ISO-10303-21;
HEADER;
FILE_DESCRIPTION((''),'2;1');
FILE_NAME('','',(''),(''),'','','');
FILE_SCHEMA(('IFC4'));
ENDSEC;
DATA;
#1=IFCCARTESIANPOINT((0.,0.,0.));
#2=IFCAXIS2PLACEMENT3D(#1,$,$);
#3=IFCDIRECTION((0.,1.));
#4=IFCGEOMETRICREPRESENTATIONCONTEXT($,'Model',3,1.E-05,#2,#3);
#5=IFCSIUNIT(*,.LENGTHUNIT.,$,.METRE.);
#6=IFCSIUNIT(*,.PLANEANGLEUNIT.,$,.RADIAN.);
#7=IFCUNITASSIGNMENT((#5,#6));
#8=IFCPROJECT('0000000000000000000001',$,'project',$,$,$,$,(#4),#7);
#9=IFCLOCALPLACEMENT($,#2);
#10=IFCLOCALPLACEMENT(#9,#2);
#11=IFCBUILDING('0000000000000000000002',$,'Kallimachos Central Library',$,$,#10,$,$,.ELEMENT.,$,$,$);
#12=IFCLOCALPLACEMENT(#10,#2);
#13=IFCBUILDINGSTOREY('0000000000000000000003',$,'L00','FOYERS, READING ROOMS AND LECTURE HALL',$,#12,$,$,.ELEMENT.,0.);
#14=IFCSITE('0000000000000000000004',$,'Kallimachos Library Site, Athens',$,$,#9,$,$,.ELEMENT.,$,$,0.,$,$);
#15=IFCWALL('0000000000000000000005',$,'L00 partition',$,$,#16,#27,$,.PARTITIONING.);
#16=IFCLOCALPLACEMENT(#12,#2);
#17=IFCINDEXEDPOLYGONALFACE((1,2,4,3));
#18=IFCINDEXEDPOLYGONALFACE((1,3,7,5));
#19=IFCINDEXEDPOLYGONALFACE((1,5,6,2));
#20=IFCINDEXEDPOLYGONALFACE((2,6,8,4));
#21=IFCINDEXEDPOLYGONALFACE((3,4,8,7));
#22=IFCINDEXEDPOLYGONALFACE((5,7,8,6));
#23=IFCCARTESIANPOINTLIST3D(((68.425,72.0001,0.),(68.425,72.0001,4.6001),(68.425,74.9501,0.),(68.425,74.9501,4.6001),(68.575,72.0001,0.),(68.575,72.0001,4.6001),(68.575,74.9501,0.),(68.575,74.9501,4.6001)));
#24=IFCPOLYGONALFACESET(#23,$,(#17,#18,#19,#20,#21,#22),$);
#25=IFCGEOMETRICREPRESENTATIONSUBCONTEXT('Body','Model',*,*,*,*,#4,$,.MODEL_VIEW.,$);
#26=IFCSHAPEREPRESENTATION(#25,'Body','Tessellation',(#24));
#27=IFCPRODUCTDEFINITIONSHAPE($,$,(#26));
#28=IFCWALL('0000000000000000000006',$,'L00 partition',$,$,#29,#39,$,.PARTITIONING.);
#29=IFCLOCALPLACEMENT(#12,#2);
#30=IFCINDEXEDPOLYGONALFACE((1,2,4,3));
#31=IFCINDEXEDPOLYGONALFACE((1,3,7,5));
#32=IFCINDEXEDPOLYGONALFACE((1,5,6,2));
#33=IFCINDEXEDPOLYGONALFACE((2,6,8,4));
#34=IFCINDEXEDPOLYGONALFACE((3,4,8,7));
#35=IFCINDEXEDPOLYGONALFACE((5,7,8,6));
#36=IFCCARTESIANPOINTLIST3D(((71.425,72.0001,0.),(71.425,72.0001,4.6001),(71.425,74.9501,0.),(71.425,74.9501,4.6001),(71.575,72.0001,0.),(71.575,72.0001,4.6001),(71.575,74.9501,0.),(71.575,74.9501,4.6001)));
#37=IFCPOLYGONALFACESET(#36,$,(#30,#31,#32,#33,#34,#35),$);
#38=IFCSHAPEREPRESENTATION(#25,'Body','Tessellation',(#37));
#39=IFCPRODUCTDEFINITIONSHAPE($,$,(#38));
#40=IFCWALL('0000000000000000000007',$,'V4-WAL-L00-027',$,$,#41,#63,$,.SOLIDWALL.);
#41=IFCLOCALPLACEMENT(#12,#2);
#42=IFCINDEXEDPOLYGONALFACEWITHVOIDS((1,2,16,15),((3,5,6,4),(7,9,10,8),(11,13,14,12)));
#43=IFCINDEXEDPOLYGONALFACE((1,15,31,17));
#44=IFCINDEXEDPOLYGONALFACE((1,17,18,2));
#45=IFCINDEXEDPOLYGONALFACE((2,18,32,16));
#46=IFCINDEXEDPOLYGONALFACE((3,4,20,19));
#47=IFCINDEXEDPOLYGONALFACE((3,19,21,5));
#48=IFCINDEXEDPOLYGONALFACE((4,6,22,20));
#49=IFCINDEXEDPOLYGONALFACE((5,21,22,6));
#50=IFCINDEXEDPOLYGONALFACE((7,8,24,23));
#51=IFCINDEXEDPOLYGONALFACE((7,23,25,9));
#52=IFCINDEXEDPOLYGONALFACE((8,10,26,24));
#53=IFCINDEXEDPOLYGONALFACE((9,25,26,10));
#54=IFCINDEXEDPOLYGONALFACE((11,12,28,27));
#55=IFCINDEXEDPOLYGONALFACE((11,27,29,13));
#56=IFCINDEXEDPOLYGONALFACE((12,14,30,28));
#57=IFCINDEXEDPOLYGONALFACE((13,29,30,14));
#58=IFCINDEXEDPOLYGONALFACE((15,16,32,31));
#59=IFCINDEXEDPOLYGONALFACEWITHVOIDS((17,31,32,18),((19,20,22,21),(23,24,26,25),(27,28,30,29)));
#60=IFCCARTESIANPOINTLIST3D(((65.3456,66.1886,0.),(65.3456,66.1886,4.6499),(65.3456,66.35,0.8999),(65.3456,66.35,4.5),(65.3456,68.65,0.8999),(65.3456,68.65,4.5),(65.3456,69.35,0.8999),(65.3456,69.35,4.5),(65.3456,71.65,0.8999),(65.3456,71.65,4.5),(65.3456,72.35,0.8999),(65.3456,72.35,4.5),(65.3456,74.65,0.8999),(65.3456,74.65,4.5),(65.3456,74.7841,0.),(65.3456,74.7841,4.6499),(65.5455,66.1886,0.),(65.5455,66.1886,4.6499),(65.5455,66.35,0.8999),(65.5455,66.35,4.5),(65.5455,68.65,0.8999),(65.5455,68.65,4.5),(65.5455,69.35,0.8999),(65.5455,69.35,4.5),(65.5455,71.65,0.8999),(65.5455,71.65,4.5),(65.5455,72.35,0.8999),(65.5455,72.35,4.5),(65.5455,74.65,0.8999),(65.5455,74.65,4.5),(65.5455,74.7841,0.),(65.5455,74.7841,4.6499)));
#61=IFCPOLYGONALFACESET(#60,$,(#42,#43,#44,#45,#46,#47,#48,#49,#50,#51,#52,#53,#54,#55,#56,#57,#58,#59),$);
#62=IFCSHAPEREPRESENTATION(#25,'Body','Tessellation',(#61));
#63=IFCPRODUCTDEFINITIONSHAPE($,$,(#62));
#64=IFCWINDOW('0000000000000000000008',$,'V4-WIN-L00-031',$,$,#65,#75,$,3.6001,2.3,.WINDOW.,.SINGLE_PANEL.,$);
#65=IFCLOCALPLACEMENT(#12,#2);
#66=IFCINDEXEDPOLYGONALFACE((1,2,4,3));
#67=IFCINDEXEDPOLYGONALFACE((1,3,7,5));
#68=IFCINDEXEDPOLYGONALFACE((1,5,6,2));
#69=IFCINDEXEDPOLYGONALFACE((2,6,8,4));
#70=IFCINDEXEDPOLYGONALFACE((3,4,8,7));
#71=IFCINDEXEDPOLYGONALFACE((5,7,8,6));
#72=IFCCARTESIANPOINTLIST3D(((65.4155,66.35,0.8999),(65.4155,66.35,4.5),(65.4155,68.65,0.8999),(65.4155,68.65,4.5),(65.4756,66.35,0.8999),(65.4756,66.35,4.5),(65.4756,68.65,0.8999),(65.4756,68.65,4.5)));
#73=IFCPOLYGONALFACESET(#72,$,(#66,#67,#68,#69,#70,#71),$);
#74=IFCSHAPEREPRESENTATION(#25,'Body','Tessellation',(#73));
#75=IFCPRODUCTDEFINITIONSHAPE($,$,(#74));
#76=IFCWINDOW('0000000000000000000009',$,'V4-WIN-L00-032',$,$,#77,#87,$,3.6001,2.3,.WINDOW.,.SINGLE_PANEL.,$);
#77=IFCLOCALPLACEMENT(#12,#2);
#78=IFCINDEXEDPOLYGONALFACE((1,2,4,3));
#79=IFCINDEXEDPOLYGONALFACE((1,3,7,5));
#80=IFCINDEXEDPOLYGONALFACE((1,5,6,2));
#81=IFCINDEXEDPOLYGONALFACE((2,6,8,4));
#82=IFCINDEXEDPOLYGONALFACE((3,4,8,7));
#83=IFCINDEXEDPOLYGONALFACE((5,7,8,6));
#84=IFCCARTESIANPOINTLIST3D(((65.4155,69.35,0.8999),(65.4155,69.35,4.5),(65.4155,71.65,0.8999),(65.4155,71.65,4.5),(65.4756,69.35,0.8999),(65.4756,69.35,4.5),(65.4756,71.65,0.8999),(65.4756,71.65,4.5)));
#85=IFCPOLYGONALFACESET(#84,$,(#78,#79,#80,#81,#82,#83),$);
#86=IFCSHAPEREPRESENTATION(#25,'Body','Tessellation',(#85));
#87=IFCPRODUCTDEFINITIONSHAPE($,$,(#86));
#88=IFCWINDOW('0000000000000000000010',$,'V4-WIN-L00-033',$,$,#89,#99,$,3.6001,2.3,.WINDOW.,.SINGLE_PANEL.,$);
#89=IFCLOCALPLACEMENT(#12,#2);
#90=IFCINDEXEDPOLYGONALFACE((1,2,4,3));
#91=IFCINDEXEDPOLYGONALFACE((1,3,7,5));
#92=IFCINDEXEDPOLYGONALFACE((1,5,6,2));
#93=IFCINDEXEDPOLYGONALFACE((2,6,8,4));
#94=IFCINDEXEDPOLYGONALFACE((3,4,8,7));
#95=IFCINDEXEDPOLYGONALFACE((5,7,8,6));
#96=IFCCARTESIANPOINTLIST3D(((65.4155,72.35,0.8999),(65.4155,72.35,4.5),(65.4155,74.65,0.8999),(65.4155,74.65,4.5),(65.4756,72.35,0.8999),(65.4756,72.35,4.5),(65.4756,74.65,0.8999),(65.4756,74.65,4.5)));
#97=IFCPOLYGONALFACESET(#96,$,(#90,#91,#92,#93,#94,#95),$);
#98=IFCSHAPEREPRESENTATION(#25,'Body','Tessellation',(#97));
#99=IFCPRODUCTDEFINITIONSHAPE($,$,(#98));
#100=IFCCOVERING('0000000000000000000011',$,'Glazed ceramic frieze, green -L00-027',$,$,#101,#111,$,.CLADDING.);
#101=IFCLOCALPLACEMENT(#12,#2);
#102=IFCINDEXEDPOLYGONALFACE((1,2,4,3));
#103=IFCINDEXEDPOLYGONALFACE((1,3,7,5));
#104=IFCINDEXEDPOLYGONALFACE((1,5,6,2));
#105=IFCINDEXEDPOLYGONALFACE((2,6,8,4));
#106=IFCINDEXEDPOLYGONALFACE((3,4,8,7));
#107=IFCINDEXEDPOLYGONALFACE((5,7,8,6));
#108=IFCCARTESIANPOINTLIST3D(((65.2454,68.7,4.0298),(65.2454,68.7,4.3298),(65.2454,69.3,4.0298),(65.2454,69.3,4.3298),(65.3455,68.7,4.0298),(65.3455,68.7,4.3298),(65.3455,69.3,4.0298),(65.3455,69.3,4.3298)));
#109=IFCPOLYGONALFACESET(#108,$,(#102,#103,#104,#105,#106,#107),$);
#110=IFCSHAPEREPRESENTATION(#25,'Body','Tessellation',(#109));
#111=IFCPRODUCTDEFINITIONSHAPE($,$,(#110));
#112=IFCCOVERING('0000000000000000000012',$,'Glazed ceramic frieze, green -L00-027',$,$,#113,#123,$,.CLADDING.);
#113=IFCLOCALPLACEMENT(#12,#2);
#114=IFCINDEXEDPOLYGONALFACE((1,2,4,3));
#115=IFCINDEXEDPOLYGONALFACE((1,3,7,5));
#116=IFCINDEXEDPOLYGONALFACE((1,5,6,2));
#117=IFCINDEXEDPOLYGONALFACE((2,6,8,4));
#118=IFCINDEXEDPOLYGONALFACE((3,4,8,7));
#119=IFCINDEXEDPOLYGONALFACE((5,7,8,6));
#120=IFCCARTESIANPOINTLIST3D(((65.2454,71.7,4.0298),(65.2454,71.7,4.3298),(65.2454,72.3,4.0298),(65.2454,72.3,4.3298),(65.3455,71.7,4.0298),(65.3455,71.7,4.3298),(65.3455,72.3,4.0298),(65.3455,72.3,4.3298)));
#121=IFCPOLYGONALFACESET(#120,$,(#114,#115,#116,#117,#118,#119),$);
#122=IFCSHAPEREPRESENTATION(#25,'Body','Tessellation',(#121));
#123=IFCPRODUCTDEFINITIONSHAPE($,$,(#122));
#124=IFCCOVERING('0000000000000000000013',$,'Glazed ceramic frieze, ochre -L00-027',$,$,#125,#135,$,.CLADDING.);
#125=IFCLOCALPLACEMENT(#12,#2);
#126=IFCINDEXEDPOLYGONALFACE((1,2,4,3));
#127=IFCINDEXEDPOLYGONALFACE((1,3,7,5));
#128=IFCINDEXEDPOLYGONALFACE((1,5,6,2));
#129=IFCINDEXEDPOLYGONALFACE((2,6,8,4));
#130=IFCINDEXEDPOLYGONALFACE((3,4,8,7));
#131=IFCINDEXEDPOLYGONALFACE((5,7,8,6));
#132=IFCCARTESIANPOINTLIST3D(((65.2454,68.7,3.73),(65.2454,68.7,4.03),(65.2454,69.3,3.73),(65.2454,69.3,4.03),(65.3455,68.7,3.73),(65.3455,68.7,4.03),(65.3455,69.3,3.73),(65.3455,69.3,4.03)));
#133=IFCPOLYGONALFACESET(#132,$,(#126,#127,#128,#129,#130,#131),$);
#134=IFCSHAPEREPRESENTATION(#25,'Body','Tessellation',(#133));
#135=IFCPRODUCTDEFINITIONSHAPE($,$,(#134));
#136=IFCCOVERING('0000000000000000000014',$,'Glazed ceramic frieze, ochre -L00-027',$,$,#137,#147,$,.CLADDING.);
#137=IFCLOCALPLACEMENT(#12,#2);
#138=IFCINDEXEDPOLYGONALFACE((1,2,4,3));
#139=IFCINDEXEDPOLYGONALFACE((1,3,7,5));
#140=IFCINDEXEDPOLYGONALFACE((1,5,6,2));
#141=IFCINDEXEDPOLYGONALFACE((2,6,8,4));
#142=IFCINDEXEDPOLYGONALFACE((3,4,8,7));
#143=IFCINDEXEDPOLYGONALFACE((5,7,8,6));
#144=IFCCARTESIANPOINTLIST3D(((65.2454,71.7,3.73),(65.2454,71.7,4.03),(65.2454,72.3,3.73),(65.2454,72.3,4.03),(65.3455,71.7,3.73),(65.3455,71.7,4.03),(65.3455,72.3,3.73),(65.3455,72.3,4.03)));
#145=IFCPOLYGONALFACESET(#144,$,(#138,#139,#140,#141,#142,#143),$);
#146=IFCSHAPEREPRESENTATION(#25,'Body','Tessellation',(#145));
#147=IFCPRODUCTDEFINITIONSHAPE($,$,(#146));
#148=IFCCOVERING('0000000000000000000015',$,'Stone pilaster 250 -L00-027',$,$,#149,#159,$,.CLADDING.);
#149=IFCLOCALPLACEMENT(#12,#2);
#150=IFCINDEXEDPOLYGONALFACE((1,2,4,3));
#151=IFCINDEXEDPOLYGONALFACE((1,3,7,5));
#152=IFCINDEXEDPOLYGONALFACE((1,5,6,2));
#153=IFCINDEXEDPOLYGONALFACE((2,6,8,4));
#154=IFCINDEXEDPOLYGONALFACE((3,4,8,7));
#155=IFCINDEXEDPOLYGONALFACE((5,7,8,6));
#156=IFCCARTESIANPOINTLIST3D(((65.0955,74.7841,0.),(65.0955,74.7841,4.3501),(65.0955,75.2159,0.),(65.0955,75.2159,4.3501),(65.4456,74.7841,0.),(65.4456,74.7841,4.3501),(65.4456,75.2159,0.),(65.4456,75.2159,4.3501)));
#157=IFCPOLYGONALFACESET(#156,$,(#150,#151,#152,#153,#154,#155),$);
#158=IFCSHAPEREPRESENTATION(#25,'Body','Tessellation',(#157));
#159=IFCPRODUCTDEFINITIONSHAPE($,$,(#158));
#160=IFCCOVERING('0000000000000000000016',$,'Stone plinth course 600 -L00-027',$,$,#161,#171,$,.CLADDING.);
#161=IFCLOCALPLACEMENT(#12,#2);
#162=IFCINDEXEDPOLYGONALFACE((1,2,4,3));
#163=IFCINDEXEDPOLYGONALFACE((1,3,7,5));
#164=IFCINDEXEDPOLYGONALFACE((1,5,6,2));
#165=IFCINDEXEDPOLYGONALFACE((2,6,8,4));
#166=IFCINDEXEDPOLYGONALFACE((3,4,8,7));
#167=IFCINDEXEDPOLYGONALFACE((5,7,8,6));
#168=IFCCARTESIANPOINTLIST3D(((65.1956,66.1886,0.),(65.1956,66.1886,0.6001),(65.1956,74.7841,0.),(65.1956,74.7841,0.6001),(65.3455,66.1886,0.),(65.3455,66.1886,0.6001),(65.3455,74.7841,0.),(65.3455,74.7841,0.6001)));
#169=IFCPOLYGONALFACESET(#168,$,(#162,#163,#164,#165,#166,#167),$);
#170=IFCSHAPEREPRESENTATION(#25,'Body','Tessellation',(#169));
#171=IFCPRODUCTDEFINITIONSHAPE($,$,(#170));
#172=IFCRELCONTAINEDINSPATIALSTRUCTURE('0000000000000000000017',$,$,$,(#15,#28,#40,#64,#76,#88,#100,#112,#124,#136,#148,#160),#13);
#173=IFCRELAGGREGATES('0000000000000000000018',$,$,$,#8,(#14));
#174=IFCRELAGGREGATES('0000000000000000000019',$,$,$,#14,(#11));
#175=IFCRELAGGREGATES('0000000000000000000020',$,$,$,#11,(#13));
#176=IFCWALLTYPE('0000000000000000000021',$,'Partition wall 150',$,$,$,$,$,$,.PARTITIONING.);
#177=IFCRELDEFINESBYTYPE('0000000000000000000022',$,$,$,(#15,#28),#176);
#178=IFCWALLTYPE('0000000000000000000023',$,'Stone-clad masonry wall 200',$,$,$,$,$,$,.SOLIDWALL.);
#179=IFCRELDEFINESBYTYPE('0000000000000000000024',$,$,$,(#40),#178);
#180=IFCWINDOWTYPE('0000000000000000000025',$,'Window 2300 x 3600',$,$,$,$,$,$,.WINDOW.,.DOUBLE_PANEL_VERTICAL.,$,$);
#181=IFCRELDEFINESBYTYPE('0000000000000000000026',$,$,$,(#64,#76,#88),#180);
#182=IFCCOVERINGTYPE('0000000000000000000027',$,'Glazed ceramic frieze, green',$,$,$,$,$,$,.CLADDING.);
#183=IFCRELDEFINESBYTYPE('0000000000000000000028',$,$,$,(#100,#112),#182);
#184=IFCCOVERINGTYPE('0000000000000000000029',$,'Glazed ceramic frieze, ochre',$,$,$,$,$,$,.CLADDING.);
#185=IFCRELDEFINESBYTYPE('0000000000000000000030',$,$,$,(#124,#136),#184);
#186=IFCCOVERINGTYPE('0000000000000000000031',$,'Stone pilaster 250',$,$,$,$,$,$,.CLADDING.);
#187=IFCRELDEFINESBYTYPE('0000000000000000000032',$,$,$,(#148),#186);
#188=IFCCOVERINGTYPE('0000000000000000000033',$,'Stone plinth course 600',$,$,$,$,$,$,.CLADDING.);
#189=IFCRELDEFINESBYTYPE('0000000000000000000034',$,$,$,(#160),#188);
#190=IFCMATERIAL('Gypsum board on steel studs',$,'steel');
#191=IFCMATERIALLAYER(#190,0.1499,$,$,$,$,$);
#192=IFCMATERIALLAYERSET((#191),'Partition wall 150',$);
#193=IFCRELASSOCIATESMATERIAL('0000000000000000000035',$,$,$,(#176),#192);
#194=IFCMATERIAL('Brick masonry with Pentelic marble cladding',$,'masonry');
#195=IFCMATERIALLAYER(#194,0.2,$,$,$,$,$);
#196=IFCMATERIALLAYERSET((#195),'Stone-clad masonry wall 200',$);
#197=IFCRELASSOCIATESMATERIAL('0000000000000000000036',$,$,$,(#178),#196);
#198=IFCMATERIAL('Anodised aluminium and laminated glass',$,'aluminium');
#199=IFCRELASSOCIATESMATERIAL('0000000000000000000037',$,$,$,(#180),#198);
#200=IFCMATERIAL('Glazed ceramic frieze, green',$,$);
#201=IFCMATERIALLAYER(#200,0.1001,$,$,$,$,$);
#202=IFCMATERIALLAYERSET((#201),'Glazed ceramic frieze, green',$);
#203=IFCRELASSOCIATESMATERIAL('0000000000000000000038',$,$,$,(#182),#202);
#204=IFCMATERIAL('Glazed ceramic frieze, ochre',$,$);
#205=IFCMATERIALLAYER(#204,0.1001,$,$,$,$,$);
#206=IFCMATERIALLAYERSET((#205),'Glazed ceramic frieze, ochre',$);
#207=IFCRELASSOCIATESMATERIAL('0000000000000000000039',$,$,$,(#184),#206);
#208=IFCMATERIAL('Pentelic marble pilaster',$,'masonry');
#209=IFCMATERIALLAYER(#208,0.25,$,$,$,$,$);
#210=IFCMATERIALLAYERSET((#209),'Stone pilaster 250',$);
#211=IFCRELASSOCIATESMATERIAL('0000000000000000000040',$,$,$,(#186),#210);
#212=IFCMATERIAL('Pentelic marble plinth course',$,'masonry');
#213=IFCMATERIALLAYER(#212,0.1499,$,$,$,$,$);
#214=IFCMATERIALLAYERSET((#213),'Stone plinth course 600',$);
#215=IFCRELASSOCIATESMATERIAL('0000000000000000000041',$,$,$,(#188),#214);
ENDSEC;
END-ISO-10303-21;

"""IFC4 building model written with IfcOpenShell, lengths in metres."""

from ifc_helpers import new_model, si_unit, direction, frame, frame_2d, origin, origin_2d, place, context, subcontext, project, spatial, rectangle, extrude, material, layer, layer_set, type_object, element, fill, save


model = new_model("IFC4")

# Units and contexts
model_context = context("Model", 3, precision=1e-05, world=origin(), true_north=direction((0.0, 1.0)))
body_context = subcontext(model_context, "Body", "Model", "MODEL_VIEW")
ifc_project = project(units=[si_unit("LENGTHUNIT", "METRE"), si_unit("PLANEANGLEUNIT", "RADIAN")], contexts=[model_context])

# Site, building, storey
site_placement = place(None, origin())
site = spatial("IfcSite", under=ifc_project, at=site_placement, Name="Kallimachos Library Site, Athens", CompositionType="ELEMENT", RefElevation=0.0)
building_placement = place(site_placement, origin())
building = spatial("IfcBuilding", under=site, at=building_placement, Name="Kallimachos Central Library", CompositionType="ELEMENT")
storey_placement = place(building_placement, origin())
storey = spatial("IfcBuildingStorey", under=building, at=storey_placement, Name="L00", Description="FOYERS, READING ROOMS AND LECTURE HALL", CompositionType="ELEMENT", Elevation=0.0)

# Shared definitions
ifc_material_1 = material(Name="Gypsum board on steel studs", Category="steel")
ifc_layer_1 = layer(ifc_material_1, 0.1499)
ifc_layer_set_1 = layer_set([ifc_layer_1], Name="Partition wall 150")
wall_type_1 = type_object("IfcWallType", Name="Partition wall 150", PredefinedType="PARTITIONING", material=ifc_layer_set_1)

# Walls
for number, where, z_axis, x_axis, name in (
    (1, (68.5, 72.0, 0.0), (0.0, 0.0, 1.0), (0.0, 1.0, 0.0), "L00 partition"),
    (2, (71.5, 72.0, 0.0), (0.0, 0.0, 1.0), (0.0, 1.0, 0.0), "L00 partition"),
):
    element("IfcWall", number, at=place(storey_placement, frame(where, z_axis=z_axis, x_axis=x_axis)), inside=storey, type_object=wall_type_1, Name=name, PredefinedType="PARTITIONING", context=body_context, shape_type="SweptSolid", body=[
        extrude(rectangle(XDim=2.95, YDim=0.1499, at=frame_2d((1.4751, 0.0))), origin(), (0.0, 0.0, 1.0), 4.6001),
    ])

# Wall, openings, windows
ifc_material_2 = material(Name="Brick masonry with Pentelic marble cladding", Category="masonry")
ifc_layer_2 = layer(ifc_material_2, 0.2)
ifc_layer_set_2 = layer_set([ifc_layer_2], Name="Stone-clad masonry wall 200")
wall_type_2 = type_object("IfcWallType", Name="Stone-clad masonry wall 200", PredefinedType="SOLIDWALL", material=ifc_layer_set_2)
wall_1_placement = place(storey_placement, frame((65.4456, 66.1885, 0.0), z_axis=(0.0, 0.0, 1.0), x_axis=(0.0, 1.0, 0.0)))
wall_1 = element("IfcWall", 3, at=wall_1_placement, inside=storey, type_object=wall_type_2, Name="V4-WAL-L00-027", PredefinedType="SOLIDWALL", context=body_context, shape_type="SweptSolid", body=[
    extrude(rectangle(XDim=8.5955, YDim=0.2, at=frame_2d((4.2979, 0.0))), origin(), (0.0, 0.0, 1.0), 4.6499),
])
opening_1_placement = place(wall_1_placement, frame((0.1616, 0.0, 0.8999)))
opening_1 = element("IfcOpeningElement", 4, at=opening_1_placement, cuts=wall_1, PredefinedType="OPENING", context=body_context, shape_type="SweptSolid", body=[
    extrude(rectangle(XDim=2.3, YDim=3.6001, at=frame_2d((1.1499, 1.8))), frame((0.0, 0.1099, 0.0), z_axis=(0.0, -1.0, 0.0), x_axis=(1.0, 0.0, 0.0)), (0.0, 0.0, 1.0), 0.22),
])
opening_2_placement = place(wall_1_placement, frame((3.1616, 0.0, 0.8999)))
opening_2 = element("IfcOpeningElement", 5, at=opening_2_placement, cuts=wall_1, PredefinedType="OPENING", context=body_context, shape_type="SweptSolid", body=[
    extrude(rectangle(XDim=2.3, YDim=3.6001, at=frame_2d((1.1499, 1.8))), frame((0.0, 0.1099, 0.0), z_axis=(0.0, -1.0, 0.0), x_axis=(1.0, 0.0, 0.0)), (0.0, 0.0, 1.0), 0.22),
])
opening_3_placement = place(wall_1_placement, frame((6.1616, 0.0, 0.8999)))
opening_3 = element("IfcOpeningElement", 6, at=opening_3_placement, cuts=wall_1, PredefinedType="OPENING", context=body_context, shape_type="SweptSolid", body=[
    extrude(rectangle(XDim=2.3, YDim=3.6001, at=frame_2d((1.1499, 1.8))), frame((0.0, 0.1099, 0.0), z_axis=(0.0, -1.0, 0.0), x_axis=(1.0, 0.0, 0.0)), (0.0, 0.0, 1.0), 0.22),
])
ifc_material_3 = material(Name="Anodised aluminium and laminated glass", Category="aluminium")
window_type = type_object("IfcWindowType", Name="Window 2300 x 3600", PartitioningType="DOUBLE_PANEL_VERTICAL", PredefinedType="WINDOW", material=ifc_material_3)
window_1_placement = place(opening_1_placement, origin())
window_1 = element("IfcWindow", 7, at=window_1_placement, inside=storey, type_object=window_type, Name="V4-WIN-L00-031", OverallHeight=3.6001, OverallWidth=2.3, PartitioningType="SINGLE_PANEL", PredefinedType="WINDOW", context=body_context, shape_type="SweptSolid", body=[
    extrude(rectangle(XDim=2.3, YDim=3.6001, at=frame_2d((1.1499, 1.8))), frame((0.0, 0.03, 0.0), z_axis=(0.0, -1.0, 0.0), x_axis=(1.0, 0.0, 0.0)), (0.0, 0.0, 1.0), 0.0601),
])
fill(opening_1, window_1)
window_2_placement = place(opening_2_placement, origin())
window_2 = element("IfcWindow", 8, at=window_2_placement, inside=storey, type_object=window_type, Name="V4-WIN-L00-032", OverallHeight=3.6001, OverallWidth=2.3, PartitioningType="SINGLE_PANEL", PredefinedType="WINDOW", context=body_context, shape_type="SweptSolid", body=[
    extrude(rectangle(XDim=2.3, YDim=3.6001, at=frame_2d((1.1499, 1.8))), frame((0.0, 0.03, 0.0), z_axis=(0.0, -1.0, 0.0), x_axis=(1.0, 0.0, 0.0)), (0.0, 0.0, 1.0), 0.0601),
])
fill(opening_2, window_2)
window_3_placement = place(opening_3_placement, origin())
window_3 = element("IfcWindow", 9, at=window_3_placement, inside=storey, type_object=window_type, Name="V4-WIN-L00-033", OverallHeight=3.6001, OverallWidth=2.3, PartitioningType="SINGLE_PANEL", PredefinedType="WINDOW", context=body_context, shape_type="SweptSolid", body=[
    extrude(rectangle(XDim=2.3, YDim=3.6001, at=frame_2d((1.1499, 1.8))), frame((0.0, 0.03, 0.0), z_axis=(0.0, -1.0, 0.0), x_axis=(1.0, 0.0, 0.0)), (0.0, 0.0, 1.0), 0.0601),
])
fill(opening_3, window_3)

# Coverings
ifc_material_4 = material(Name="Glazed ceramic frieze, green")
ifc_layer_3 = layer(ifc_material_4, 0.1001)
ifc_layer_set_3 = layer_set([ifc_layer_3], Name="Glazed ceramic frieze, green")
covering_type_1 = type_object("IfcCoveringType", Name="Glazed ceramic frieze, green", PredefinedType="CLADDING", material=ifc_layer_set_3)
for number, where, z_axis, x_axis, name in (
    (10, (65.2954, 69.0, 4.0298), (0.0, 0.0, 1.0), (1.0, 0.0, 0.0), "Glazed ceramic frieze, green -L00-027"),
    (11, (65.2954, 72.0, 4.0298), (0.0, 0.0, 1.0), (1.0, 0.0, 0.0), "Glazed ceramic frieze, green -L00-027"),
):
    element("IfcCovering", number, at=place(storey_placement, frame(where, z_axis=z_axis, x_axis=x_axis)), inside=storey, type_object=covering_type_1, Name=name, PredefinedType="CLADDING", context=body_context, shape_type="SweptSolid", body=[
        extrude(rectangle(XDim=0.1001, YDim=0.6001, at=origin_2d()), origin(), (0.0, 0.0, 1.0), 0.3),
    ])
ifc_material_5 = material(Name="Glazed ceramic frieze, ochre")
ifc_layer_4 = layer(ifc_material_5, 0.1001)
ifc_layer_set_4 = layer_set([ifc_layer_4], Name="Glazed ceramic frieze, ochre")
covering_type_2 = type_object("IfcCoveringType", Name="Glazed ceramic frieze, ochre", PredefinedType="CLADDING", material=ifc_layer_set_4)
for number, where, z_axis, x_axis, name in (
    (12, (65.2954, 69.0, 3.73), (0.0, 0.0, 1.0), (1.0, 0.0, 0.0), "Glazed ceramic frieze, ochre -L00-027"),
    (13, (65.2954, 72.0, 3.73), (0.0, 0.0, 1.0), (1.0, 0.0, 0.0), "Glazed ceramic frieze, ochre -L00-027"),
):
    element("IfcCovering", number, at=place(storey_placement, frame(where, z_axis=z_axis, x_axis=x_axis)), inside=storey, type_object=covering_type_2, Name=name, PredefinedType="CLADDING", context=body_context, shape_type="SweptSolid", body=[
        extrude(rectangle(XDim=0.1001, YDim=0.6001, at=origin_2d()), origin(), (0.0, 0.0, 1.0), 0.3),
    ])
ifc_material_6 = material(Name="Pentelic marble pilaster", Category="masonry")
ifc_layer_5 = layer(ifc_material_6, 0.25)
ifc_layer_set_5 = layer_set([ifc_layer_5], Name="Stone pilaster 250")
covering_type_3 = type_object("IfcCoveringType", Name="Stone pilaster 250", PredefinedType="CLADDING", material=ifc_layer_set_5)
covering_1_placement = place(storey_placement, frame((65.2705, 75.0, 0.0), z_axis=(0.0, 0.0, 1.0), x_axis=(1.0, 0.0, 0.0)))
element("IfcCovering", 14, at=covering_1_placement, inside=storey, type_object=covering_type_3, Name="Stone pilaster 250 -L00-027", PredefinedType="CLADDING", context=body_context, shape_type="SweptSolid", body=[
    extrude(rectangle(XDim=0.3501, YDim=0.4319, at=origin_2d()), origin(), (0.0, 0.0, 1.0), 4.3501),
])
ifc_material_7 = material(Name="Pentelic marble plinth course", Category="masonry")
ifc_layer_6 = layer(ifc_material_7, 0.1499)
ifc_layer_set_6 = layer_set([ifc_layer_6], Name="Stone plinth course 600")
covering_type_4 = type_object("IfcCoveringType", Name="Stone plinth course 600", PredefinedType="CLADDING", material=ifc_layer_set_6)
covering_2_placement = place(storey_placement, frame((65.2705, 70.4863, 0.0), z_axis=(0.0, 0.0, 1.0), x_axis=(1.0, 0.0, 0.0)))
element("IfcCovering", 15, at=covering_2_placement, inside=storey, type_object=covering_type_4, Name="Stone plinth course 600 -L00-027", PredefinedType="CLADDING", context=body_context, shape_type="SweptSolid", body=[
    extrude(rectangle(XDim=0.1499, YDim=8.5955, at=origin_2d()), origin(), (0.0, 0.0, 1.0), 0.6001),
])

save(model, "model.ifc")
